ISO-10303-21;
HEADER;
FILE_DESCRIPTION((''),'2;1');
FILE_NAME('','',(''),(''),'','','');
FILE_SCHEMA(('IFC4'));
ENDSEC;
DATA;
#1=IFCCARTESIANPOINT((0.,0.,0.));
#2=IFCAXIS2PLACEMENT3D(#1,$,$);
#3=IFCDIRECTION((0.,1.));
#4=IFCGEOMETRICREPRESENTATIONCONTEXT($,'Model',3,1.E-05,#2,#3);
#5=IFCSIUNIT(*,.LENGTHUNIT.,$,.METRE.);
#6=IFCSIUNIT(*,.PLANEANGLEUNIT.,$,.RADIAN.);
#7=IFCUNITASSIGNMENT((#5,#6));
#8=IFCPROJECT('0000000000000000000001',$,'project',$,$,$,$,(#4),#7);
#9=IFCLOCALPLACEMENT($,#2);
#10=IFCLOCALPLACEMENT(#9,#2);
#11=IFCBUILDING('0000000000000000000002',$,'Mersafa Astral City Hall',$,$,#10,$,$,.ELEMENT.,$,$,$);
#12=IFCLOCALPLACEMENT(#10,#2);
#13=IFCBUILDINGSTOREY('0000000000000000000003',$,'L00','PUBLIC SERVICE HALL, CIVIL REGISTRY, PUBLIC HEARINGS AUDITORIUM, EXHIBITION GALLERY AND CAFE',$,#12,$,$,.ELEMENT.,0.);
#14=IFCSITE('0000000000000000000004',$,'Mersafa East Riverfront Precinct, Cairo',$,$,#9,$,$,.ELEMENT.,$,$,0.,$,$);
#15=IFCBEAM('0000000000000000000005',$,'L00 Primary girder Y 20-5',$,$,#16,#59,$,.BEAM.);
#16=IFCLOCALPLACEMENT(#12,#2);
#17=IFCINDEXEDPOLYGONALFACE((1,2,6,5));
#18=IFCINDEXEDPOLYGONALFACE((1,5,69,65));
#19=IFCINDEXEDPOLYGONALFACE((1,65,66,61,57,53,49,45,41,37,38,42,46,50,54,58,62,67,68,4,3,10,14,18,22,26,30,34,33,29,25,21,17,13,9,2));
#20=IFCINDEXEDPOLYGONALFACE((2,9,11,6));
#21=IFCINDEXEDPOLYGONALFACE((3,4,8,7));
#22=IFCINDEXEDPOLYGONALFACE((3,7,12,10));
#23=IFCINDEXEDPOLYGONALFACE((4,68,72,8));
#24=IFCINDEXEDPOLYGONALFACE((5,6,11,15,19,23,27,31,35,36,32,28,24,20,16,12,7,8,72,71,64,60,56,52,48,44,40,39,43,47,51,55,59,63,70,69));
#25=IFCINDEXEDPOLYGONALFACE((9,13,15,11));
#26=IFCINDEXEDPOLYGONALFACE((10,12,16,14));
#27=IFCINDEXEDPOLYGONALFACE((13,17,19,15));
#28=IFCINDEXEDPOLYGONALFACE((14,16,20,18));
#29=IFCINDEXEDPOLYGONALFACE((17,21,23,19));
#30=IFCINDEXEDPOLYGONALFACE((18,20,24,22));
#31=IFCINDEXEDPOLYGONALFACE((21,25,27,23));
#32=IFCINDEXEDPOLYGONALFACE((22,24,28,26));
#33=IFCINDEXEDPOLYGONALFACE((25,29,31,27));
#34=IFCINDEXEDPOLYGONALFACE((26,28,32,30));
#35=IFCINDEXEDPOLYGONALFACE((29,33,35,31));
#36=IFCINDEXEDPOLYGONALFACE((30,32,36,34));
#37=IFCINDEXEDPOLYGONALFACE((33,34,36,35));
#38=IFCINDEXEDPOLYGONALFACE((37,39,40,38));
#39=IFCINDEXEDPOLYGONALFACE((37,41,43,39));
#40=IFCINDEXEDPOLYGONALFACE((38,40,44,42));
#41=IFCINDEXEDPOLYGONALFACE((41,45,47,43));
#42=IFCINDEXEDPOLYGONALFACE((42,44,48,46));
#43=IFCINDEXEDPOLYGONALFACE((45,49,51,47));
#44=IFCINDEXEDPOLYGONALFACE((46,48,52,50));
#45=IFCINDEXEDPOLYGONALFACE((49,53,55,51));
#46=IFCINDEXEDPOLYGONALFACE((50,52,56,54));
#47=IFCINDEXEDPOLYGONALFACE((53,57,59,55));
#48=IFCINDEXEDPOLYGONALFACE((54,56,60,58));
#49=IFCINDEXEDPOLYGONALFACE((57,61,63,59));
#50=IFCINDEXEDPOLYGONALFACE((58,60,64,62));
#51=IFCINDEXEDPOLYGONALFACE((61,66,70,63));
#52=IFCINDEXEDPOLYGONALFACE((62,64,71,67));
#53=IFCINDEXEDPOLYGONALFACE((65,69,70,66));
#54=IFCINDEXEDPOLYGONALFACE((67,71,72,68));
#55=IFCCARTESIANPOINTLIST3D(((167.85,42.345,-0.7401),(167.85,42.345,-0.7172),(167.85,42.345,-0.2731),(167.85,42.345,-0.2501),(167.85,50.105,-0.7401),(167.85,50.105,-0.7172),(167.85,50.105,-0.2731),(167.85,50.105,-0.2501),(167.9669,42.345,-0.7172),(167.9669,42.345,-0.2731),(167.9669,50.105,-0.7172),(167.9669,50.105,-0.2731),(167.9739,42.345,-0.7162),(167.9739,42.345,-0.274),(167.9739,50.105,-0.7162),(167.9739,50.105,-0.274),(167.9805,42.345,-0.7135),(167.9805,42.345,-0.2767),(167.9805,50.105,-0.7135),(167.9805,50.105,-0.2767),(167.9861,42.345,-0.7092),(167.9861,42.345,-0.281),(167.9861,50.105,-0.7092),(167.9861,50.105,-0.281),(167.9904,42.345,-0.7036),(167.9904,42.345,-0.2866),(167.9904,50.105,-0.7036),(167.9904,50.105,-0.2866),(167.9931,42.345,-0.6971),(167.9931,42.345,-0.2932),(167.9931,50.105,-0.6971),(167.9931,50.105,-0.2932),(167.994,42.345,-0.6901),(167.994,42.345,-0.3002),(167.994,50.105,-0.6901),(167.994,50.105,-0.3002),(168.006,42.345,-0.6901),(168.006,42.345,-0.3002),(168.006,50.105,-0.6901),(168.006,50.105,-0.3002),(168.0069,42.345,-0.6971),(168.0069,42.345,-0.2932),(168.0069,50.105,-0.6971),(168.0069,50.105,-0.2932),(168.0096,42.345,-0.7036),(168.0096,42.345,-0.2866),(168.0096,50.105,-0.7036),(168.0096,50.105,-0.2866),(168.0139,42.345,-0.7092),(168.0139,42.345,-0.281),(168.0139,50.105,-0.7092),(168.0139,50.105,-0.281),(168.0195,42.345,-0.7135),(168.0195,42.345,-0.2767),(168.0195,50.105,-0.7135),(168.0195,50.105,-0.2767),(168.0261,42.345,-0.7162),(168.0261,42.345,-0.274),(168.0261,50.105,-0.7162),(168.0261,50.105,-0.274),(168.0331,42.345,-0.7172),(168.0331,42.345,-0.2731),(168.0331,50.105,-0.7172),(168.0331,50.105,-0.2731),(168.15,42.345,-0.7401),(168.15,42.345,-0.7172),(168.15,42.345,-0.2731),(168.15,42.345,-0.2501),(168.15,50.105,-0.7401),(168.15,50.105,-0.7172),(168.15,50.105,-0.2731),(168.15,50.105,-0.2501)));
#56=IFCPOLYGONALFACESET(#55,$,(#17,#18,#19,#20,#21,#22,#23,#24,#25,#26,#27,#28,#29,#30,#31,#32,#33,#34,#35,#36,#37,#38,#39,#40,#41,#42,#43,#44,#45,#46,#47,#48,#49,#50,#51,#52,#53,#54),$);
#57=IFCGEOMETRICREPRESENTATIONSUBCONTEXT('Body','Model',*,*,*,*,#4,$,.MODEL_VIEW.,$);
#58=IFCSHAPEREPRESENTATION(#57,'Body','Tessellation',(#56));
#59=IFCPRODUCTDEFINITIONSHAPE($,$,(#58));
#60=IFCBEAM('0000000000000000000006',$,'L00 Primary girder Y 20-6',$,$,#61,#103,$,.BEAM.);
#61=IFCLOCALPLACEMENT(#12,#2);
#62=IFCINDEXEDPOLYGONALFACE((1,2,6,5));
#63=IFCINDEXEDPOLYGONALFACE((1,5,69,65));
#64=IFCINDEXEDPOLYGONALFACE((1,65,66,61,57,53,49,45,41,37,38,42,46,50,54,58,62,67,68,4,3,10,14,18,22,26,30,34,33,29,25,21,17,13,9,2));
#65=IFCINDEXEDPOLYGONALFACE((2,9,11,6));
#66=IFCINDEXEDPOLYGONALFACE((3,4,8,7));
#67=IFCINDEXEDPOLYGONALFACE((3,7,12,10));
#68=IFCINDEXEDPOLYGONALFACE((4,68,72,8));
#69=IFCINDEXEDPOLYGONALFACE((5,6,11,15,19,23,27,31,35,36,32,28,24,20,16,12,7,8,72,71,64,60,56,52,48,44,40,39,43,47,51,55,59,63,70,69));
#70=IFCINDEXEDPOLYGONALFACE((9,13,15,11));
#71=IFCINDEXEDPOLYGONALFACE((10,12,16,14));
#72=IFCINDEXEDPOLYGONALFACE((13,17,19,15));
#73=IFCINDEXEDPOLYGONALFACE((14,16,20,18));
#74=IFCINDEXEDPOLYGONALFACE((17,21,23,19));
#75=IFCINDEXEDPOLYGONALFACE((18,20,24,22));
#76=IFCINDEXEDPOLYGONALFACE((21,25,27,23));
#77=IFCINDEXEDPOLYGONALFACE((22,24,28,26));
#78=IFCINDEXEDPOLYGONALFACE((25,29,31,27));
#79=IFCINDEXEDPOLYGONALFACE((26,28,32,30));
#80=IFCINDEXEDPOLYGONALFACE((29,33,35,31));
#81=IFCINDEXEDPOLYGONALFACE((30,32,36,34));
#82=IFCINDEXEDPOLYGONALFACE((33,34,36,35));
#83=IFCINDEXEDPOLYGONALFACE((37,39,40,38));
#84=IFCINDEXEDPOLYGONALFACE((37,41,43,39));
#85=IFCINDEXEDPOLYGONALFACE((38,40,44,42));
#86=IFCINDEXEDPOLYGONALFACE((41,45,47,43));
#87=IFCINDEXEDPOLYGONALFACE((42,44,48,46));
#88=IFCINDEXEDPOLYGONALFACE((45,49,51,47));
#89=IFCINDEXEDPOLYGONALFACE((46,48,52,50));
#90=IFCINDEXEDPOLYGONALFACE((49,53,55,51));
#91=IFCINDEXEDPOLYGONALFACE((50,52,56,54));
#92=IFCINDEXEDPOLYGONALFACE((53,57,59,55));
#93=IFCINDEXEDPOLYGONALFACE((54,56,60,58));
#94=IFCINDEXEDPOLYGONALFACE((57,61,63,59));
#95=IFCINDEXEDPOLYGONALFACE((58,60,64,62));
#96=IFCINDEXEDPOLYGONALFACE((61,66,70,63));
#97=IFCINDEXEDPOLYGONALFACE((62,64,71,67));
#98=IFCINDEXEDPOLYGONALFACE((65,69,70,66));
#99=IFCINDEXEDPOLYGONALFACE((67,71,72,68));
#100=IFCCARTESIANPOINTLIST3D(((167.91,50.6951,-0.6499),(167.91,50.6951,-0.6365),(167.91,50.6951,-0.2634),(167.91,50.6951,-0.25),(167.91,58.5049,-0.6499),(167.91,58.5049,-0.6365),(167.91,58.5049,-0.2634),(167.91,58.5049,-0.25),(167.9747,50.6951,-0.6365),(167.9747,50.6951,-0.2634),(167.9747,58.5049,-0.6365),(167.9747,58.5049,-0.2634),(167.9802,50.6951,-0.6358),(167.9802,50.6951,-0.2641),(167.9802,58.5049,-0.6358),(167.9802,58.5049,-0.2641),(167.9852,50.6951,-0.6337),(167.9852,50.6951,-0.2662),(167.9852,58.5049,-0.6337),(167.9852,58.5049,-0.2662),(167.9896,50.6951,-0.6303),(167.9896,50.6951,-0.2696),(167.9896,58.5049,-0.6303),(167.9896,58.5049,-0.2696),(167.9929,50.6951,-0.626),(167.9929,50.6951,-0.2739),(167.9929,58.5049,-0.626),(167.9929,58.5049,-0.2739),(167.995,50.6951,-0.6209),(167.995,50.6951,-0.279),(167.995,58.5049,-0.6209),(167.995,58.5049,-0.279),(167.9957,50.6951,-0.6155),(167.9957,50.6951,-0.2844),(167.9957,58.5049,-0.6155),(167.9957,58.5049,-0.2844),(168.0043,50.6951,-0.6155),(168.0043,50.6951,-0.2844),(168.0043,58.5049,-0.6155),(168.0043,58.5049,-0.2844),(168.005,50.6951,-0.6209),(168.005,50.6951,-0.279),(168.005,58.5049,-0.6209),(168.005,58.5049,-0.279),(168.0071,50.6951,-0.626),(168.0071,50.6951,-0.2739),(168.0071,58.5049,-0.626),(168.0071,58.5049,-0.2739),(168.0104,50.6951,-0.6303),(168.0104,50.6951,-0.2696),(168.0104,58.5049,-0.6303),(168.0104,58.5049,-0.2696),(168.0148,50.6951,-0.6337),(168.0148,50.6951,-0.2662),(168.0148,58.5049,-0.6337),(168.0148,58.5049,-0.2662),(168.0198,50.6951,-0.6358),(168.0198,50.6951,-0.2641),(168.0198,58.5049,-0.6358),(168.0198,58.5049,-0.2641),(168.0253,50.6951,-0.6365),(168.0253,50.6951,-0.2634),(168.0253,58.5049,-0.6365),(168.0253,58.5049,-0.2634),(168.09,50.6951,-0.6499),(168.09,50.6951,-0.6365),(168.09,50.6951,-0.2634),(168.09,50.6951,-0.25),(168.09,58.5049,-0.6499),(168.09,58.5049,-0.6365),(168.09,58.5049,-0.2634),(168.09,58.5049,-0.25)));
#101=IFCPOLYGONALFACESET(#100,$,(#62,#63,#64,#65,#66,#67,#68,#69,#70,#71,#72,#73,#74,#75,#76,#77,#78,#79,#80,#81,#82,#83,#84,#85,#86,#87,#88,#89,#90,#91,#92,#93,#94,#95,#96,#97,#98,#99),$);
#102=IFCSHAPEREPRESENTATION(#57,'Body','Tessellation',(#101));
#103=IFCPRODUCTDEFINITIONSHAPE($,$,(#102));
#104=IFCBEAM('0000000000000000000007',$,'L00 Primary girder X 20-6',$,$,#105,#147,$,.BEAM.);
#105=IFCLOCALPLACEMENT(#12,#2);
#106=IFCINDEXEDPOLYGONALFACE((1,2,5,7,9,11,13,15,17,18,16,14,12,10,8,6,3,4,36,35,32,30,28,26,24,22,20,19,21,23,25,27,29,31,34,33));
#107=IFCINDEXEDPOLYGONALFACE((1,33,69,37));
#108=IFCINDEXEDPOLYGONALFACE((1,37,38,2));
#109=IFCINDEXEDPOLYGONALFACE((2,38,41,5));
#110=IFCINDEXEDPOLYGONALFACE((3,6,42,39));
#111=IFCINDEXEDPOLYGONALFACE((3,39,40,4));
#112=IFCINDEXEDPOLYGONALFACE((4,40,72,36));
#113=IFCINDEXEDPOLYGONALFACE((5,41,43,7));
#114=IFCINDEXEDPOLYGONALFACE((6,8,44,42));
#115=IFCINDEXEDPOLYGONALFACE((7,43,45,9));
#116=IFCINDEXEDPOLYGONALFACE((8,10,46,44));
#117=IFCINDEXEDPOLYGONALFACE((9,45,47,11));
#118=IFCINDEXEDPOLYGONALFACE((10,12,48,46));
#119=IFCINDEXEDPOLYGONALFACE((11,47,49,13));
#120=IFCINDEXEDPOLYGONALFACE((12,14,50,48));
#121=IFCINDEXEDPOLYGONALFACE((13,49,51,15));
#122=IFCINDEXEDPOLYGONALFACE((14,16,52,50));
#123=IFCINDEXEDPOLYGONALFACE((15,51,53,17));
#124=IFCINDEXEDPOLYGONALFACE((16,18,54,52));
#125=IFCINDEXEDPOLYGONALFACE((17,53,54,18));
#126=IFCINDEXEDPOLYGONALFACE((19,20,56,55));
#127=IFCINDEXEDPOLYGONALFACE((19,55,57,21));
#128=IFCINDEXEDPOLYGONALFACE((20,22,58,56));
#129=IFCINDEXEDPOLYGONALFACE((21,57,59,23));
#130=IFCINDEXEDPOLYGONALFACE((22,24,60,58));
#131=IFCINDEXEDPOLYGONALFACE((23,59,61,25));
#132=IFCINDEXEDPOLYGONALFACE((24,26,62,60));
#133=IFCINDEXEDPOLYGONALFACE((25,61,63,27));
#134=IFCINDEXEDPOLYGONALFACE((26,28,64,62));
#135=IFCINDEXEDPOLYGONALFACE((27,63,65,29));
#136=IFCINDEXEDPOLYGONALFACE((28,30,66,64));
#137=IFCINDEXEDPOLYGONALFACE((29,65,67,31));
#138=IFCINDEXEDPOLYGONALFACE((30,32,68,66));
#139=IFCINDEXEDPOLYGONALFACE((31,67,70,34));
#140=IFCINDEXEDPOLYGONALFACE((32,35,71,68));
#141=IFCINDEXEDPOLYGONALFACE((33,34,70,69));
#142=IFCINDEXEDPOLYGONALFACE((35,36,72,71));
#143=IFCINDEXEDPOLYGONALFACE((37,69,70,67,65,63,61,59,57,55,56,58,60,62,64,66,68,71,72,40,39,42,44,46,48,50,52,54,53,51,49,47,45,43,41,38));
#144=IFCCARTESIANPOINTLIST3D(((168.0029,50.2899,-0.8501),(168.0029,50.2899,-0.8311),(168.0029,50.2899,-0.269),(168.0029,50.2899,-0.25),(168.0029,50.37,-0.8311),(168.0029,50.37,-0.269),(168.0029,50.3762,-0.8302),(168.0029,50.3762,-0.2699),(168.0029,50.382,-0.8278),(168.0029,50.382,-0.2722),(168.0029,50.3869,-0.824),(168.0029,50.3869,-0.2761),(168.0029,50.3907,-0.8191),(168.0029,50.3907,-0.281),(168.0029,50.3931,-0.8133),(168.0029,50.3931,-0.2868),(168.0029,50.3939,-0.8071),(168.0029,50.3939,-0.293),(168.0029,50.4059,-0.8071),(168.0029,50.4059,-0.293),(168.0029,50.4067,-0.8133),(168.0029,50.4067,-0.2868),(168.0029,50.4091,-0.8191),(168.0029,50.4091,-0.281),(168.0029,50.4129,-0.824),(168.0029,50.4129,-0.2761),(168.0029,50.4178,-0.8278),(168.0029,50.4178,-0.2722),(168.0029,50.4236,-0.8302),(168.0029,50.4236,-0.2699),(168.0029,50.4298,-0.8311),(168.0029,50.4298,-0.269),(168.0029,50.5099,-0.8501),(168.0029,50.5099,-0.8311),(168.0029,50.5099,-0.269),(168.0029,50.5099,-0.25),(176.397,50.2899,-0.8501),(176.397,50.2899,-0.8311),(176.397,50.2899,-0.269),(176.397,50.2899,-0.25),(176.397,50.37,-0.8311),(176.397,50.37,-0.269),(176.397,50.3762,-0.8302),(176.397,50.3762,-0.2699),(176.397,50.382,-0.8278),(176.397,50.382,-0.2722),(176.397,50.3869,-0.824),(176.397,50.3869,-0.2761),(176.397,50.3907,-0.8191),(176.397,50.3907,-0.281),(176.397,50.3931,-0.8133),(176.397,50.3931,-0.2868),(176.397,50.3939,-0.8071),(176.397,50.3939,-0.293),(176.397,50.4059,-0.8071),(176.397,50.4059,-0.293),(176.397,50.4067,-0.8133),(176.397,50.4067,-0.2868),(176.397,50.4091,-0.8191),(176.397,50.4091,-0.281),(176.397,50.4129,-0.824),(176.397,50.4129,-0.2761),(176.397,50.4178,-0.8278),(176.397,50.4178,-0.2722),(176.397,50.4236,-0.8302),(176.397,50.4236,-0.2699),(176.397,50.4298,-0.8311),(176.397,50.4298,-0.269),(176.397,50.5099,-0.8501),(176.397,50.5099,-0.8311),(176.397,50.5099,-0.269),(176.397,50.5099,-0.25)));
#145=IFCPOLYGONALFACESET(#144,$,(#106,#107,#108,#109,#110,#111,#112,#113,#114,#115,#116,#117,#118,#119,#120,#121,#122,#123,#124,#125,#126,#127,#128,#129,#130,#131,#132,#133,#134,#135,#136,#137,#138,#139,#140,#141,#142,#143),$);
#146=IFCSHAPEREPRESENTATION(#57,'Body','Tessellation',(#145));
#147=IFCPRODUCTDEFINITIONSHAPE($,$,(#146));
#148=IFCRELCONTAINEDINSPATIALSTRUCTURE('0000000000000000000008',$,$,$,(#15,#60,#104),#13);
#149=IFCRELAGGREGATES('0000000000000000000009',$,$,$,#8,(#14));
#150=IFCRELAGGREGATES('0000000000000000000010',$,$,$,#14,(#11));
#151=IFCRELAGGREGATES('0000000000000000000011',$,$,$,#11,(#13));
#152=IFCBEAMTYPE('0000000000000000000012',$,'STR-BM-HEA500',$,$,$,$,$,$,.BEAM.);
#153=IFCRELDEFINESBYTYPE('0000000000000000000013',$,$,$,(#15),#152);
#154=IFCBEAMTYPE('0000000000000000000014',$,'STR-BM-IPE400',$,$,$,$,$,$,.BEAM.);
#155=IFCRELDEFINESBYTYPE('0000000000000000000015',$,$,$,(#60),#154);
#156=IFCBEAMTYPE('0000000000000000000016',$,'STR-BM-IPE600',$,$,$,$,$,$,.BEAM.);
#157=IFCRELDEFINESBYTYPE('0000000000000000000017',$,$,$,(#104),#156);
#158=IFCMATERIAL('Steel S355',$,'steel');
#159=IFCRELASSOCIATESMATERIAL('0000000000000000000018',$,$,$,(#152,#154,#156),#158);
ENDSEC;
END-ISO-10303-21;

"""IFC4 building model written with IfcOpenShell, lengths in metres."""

from ifc_helpers import new_model, si_unit, direction, frame, origin, origin_2d, place, context, subcontext, project, spatial, i_section, extrude, material, material_profile, profile_set, type_object, element, save


model = new_model("IFC4")

# Units and contexts
model_context = context("Model", 3, precision=1e-05, world=origin(), true_north=direction((0.0, 1.0)))
body_context = subcontext(model_context, "Body", "Model", "MODEL_VIEW")
ifc_project = project(units=[si_unit("LENGTHUNIT", "METRE"), si_unit("PLANEANGLEUNIT", "RADIAN")], contexts=[model_context])

# Site, building, storey
site_placement = place(None, origin())
site = spatial("IfcSite", under=ifc_project, at=site_placement, Name="Mersafa East Riverfront Precinct, Cairo", CompositionType="ELEMENT", RefElevation=0.0)
building_placement = place(site_placement, origin())
building = spatial("IfcBuilding", under=site, at=building_placement, Name="Mersafa Astral City Hall", CompositionType="ELEMENT")
storey_placement = place(building_placement, origin())
storey = spatial("IfcBuildingStorey", under=building, at=storey_placement, Name="L00", Description="PUBLIC SERVICE HALL, CIVIL REGISTRY, PUBLIC HEARINGS AUDITORIUM, EXHIBITION GALLERY AND CAFE", CompositionType="ELEMENT", Elevation=0.0)

# Shared definitions
ifc_material_1 = material(Name="Steel S355", Category="steel")

# Beams
ifc_material_profile_1 = material_profile(ifc_material_1, i_section(OverallWidth=0.3, OverallDepth=0.49, WebThickness=0.012, FlangeThickness=0.0229, FilletRadius=0.0271, at=origin_2d()), Name="HEA 500")
ifc_profile_set_1 = profile_set([ifc_material_profile_1], Name="Steel S355")
beam_type_1 = type_object("IfcBeamType", Name="STR-BM-HEA500", PredefinedType="BEAM", material=ifc_profile_set_1)
beam_1_placement = place(storey_placement, frame((168.0, 42.345, -0.4951), z_axis=(0.0, 1.0, 0.0), x_axis=(-1.0, 0.0, 0.0)))
element("IfcBeam", 1, at=beam_1_placement, inside=storey, type_object=beam_type_1, Name="L00 Primary girder Y 20-5", PredefinedType="BEAM", context=body_context, shape_type="SweptSolid", body=[
    extrude(i_section(OverallWidth=0.3, OverallDepth=0.49, WebThickness=0.012, FlangeThickness=0.0229, FilletRadius=0.0271, at=origin_2d()), origin(), (0.0, 0.0, 1.0), 7.76),
])
ifc_material_profile_2 = material_profile(ifc_material_1, i_section(OverallWidth=0.1799, OverallDepth=0.3999, WebThickness=0.0085, FlangeThickness=0.0134, FilletRadius=0.021, at=origin_2d()), Name="IPE 400")
ifc_profile_set_2 = profile_set([ifc_material_profile_2], Name="Steel S355")
beam_type_2 = type_object("IfcBeamType", Name="STR-BM-IPE400", PredefinedType="BEAM", material=ifc_profile_set_2)
beam_2_placement = place(storey_placement, frame((168.0, 50.6951, -0.45), z_axis=(0.0, 1.0, 0.0), x_axis=(-1.0, 0.0, 0.0)))
element("IfcBeam", 2, at=beam_2_placement, inside=storey, type_object=beam_type_2, Name="L00 Primary girder Y 20-6", PredefinedType="BEAM", context=body_context, shape_type="SweptSolid", body=[
    extrude(i_section(OverallWidth=0.1799, OverallDepth=0.3999, WebThickness=0.0085, FlangeThickness=0.0134, FilletRadius=0.021, at=origin_2d()), origin(), (0.0, 0.0, 1.0), 7.8098),
])
ifc_material_profile_3 = material_profile(ifc_material_1, i_section(OverallWidth=0.22, OverallDepth=0.6001, WebThickness=0.012, FlangeThickness=0.019, FilletRadius=0.0239, at=origin_2d()), Name="IPE 600")
ifc_profile_set_3 = profile_set([ifc_material_profile_3], Name="Steel S355")
beam_type_3 = type_object("IfcBeamType", Name="STR-BM-IPE600", PredefinedType="BEAM", material=ifc_profile_set_3)
beam_3_placement = place(storey_placement, frame((168.0029, 50.3999, -0.55), z_axis=(1.0, 0.0, 0.0), x_axis=(0.0, 1.0, 0.0)))
element("IfcBeam", 3, at=beam_3_placement, inside=storey, type_object=beam_type_3, Name="L00 Primary girder X 20-6", PredefinedType="BEAM", context=body_context, shape_type="SweptSolid", body=[
    extrude(i_section(OverallWidth=0.22, OverallDepth=0.6001, WebThickness=0.012, FlangeThickness=0.019, FilletRadius=0.0239, at=origin_2d()), origin(), (0.0, 0.0, 1.0), 8.394),
])

save(model, "model.ifc")
